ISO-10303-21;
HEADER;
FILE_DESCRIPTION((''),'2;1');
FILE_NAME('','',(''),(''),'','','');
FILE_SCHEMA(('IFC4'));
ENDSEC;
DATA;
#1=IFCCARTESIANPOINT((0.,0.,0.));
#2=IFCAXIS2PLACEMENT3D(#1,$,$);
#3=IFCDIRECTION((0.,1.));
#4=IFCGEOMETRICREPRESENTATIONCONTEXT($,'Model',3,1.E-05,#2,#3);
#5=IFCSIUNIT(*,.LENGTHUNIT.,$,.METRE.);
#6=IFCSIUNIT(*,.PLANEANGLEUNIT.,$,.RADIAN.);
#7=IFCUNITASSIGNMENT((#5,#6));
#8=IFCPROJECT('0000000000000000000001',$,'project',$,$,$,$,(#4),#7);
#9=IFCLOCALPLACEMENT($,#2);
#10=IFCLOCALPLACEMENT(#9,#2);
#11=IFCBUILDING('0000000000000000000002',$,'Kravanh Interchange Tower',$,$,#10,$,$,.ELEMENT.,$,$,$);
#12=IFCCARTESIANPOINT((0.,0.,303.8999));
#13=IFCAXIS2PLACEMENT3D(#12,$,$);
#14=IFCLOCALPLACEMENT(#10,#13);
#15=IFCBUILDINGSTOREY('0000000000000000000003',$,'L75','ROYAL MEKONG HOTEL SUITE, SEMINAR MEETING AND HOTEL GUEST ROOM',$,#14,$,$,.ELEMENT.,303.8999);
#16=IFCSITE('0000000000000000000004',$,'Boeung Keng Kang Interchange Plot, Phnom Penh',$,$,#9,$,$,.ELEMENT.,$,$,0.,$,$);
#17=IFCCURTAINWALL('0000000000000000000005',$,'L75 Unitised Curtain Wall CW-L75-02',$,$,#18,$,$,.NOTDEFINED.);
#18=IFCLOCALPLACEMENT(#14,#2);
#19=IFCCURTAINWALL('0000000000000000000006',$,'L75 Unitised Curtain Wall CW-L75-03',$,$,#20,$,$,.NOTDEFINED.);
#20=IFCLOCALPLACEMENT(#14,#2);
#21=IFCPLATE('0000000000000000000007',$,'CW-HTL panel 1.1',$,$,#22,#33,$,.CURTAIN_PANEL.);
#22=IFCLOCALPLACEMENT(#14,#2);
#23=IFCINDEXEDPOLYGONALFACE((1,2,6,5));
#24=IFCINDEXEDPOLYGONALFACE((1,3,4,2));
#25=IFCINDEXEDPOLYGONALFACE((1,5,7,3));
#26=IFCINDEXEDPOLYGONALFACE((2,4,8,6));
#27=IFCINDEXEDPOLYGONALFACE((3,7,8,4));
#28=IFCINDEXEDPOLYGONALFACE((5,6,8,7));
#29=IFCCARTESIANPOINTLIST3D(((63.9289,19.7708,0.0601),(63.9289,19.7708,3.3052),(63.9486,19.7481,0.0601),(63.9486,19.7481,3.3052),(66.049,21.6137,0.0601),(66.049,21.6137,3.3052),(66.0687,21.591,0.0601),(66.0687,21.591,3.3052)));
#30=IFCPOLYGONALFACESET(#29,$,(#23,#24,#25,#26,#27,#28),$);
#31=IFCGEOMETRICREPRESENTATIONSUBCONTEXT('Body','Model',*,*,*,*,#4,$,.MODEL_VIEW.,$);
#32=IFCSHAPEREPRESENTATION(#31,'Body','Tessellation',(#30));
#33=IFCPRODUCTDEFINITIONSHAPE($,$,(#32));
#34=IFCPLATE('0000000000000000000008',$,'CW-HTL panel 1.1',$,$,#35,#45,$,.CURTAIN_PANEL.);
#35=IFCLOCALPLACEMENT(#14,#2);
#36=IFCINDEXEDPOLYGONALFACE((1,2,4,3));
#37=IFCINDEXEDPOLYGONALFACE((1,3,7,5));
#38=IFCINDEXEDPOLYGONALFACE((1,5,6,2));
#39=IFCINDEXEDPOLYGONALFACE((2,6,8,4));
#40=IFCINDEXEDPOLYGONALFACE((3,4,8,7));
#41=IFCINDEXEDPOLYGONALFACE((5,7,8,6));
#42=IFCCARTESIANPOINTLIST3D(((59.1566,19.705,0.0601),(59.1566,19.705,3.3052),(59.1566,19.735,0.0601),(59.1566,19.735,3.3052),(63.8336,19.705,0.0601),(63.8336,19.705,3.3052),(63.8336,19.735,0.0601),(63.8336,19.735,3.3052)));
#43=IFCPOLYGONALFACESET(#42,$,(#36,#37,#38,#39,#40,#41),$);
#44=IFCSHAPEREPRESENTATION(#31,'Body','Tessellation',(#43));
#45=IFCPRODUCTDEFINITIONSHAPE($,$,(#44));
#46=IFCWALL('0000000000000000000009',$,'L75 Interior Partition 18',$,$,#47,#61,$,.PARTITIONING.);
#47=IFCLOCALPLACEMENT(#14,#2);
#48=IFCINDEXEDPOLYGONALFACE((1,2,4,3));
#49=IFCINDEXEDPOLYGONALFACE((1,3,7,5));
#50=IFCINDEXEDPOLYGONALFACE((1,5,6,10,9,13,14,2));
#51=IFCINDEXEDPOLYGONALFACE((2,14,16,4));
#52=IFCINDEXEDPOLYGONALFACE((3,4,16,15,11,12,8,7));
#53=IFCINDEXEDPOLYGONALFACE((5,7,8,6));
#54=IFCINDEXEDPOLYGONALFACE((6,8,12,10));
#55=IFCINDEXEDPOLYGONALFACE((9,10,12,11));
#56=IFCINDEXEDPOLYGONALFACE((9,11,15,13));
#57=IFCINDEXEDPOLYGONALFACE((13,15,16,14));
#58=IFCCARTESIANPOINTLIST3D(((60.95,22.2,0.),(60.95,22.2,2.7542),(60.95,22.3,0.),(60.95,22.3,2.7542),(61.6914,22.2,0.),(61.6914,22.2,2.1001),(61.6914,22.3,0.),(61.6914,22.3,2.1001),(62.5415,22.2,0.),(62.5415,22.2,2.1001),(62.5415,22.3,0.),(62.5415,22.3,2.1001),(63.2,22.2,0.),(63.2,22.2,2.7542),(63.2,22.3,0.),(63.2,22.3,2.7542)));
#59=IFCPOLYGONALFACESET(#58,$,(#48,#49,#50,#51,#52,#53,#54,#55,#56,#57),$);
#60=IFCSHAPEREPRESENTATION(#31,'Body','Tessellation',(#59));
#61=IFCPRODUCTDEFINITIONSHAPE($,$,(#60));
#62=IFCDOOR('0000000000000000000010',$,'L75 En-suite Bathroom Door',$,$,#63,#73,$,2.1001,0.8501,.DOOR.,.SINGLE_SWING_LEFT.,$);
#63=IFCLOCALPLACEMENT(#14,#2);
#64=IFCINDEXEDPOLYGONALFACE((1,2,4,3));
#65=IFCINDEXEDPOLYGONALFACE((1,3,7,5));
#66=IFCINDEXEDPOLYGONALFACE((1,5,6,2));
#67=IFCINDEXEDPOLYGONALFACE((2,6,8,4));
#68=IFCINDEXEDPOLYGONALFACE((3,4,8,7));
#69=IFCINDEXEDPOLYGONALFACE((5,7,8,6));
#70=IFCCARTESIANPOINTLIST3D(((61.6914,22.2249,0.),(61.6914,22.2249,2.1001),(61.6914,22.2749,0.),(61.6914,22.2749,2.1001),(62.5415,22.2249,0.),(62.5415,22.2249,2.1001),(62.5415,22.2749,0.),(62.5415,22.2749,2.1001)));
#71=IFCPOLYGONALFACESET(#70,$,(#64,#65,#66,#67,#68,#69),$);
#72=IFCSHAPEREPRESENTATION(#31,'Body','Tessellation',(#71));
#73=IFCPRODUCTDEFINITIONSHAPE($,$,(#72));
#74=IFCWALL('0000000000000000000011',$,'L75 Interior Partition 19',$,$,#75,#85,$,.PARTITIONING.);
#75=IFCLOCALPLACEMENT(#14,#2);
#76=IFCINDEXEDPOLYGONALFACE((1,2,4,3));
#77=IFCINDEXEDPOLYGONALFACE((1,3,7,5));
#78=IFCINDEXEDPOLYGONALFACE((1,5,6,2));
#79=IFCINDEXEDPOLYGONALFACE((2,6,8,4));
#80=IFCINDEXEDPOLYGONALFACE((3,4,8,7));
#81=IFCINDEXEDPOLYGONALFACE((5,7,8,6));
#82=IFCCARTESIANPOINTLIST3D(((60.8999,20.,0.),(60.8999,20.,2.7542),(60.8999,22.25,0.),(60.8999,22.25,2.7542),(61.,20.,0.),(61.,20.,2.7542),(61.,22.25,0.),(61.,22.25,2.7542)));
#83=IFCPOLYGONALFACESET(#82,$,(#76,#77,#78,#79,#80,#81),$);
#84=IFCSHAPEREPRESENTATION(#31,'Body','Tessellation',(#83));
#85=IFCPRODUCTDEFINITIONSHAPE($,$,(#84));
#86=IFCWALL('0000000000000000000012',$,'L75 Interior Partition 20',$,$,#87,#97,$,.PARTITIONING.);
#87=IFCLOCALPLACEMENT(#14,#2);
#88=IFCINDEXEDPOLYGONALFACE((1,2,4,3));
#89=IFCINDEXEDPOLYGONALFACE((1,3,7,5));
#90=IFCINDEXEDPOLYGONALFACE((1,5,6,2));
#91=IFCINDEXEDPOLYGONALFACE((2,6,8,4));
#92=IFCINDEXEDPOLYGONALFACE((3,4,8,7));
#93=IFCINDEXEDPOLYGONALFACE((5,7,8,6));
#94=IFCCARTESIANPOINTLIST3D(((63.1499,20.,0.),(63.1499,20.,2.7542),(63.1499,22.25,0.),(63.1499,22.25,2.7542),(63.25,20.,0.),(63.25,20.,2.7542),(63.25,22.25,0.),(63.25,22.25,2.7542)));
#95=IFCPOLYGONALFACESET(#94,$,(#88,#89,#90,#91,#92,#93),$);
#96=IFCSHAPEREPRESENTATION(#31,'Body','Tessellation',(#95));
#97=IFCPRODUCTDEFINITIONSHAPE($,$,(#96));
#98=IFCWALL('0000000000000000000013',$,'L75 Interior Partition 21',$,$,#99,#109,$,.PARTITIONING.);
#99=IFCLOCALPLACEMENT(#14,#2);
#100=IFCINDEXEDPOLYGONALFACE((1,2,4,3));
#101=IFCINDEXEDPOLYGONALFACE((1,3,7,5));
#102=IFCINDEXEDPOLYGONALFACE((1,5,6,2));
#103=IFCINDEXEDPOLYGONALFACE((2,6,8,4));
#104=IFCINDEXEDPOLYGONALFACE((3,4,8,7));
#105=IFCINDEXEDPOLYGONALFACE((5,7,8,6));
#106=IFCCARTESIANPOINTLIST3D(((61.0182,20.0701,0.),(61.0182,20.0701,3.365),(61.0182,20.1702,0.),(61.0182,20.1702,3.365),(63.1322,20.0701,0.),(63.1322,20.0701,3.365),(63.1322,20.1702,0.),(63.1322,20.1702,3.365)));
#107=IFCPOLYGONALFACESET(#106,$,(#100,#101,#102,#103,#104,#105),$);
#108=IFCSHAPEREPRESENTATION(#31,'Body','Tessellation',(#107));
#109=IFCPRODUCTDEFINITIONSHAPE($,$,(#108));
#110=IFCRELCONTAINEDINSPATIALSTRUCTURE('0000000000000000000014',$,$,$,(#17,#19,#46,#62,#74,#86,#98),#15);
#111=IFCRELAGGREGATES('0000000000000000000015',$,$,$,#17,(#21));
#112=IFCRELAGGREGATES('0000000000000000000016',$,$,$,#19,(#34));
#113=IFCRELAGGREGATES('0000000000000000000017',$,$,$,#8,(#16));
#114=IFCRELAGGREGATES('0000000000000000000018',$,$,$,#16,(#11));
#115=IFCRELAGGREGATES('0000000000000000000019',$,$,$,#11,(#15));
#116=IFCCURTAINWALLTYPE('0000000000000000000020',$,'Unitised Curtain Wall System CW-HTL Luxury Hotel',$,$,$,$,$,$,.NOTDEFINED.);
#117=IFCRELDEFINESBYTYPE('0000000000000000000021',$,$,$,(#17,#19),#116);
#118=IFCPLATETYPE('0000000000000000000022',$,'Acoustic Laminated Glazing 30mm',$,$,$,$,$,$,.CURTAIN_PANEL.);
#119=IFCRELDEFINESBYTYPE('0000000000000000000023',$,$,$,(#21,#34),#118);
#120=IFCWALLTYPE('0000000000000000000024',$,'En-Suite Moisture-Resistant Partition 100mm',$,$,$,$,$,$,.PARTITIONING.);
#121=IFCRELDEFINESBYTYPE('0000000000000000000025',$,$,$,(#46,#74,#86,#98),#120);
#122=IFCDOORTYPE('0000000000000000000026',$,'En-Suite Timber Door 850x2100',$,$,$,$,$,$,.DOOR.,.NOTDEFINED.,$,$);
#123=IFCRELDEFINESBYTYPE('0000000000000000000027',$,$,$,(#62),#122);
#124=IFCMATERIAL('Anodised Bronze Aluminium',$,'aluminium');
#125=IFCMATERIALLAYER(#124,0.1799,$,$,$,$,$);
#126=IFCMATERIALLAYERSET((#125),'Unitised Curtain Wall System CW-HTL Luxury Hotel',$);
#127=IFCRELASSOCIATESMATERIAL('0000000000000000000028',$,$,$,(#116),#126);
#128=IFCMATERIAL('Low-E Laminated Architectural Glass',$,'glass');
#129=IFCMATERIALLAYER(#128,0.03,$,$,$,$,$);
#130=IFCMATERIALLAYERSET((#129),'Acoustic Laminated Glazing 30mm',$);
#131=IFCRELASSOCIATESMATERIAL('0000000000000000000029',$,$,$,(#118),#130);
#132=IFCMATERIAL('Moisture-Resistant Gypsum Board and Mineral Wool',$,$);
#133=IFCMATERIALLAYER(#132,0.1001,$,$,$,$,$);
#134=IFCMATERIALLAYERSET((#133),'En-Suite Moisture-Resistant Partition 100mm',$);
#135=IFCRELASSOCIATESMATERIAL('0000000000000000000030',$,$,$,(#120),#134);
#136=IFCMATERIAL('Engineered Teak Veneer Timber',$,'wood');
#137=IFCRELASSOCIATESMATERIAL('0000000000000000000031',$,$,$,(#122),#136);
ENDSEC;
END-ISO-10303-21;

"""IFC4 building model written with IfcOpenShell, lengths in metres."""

from ifc_helpers import new_model, si_unit, direction, frame, frame_2d, origin, origin_2d, place, context, subcontext, project, spatial, rectangle, extrude, material, layer, layer_set, type_object, element, fill, aggregate, save


model = new_model("IFC4")

# Units and contexts
model_context = context("Model", 3, precision=1e-05, world=origin(), true_north=direction((0.0, 1.0)))
body_context = subcontext(model_context, "Body", "Model", "MODEL_VIEW")
ifc_project = project(units=[si_unit("LENGTHUNIT", "METRE"), si_unit("PLANEANGLEUNIT", "RADIAN")], contexts=[model_context])

# Site, building, storey
site_placement = place(None, origin())
site = spatial("IfcSite", under=ifc_project, at=site_placement, Name="Boeung Keng Kang Interchange Plot, Phnom Penh", CompositionType="ELEMENT", RefElevation=0.0)
building_placement = place(site_placement, origin())
building = spatial("IfcBuilding", under=site, at=building_placement, Name="Kravanh Interchange Tower", CompositionType="ELEMENT")
storey_placement = place(building_placement, frame((0.0, 0.0, 303.8999)))
storey = spatial("IfcBuildingStorey", under=building, at=storey_placement, Name="L75", Description="ROYAL MEKONG HOTEL SUITE, SEMINAR MEETING AND HOTEL GUEST ROOM", CompositionType="ELEMENT", Elevation=303.8999)

# Curtain walls
ifc_material_1 = material(Name="Anodised Bronze Aluminium", Category="aluminium")
ifc_layer_1 = layer(ifc_material_1, 0.1799)
ifc_layer_set_1 = layer_set([ifc_layer_1], Name="Unitised Curtain Wall System CW-HTL Luxury Hotel")
curtain_wall_type = type_object("IfcCurtainWallType", Name="Unitised Curtain Wall System CW-HTL Luxury Hotel", PredefinedType="NOTDEFINED", material=ifc_layer_set_1)
curtain_wall_1_placement = place(storey_placement, origin())
curtain_wall_1 = element("IfcCurtainWall", 1, at=curtain_wall_1_placement, inside=storey, type_object=curtain_wall_type, Name="L75 Unitised Curtain Wall CW-L75-02", PredefinedType="NOTDEFINED")
curtain_wall_2_placement = place(storey_placement, origin())
curtain_wall_2 = element("IfcCurtainWall", 2, at=curtain_wall_2_placement, inside=storey, type_object=curtain_wall_type, Name="L75 Unitised Curtain Wall CW-L75-03", PredefinedType="NOTDEFINED")

# Plates
ifc_material_2 = material(Name="Low-E Laminated Architectural Glass", Category="glass")
ifc_layer_2 = layer(ifc_material_2, 0.03)
ifc_layer_set_2 = layer_set([ifc_layer_2], Name="Acoustic Laminated Glazing 30mm")
plate_type = type_object("IfcPlateType", Name="Acoustic Laminated Glazing 30mm", PredefinedType="CURTAIN_PANEL", material=ifc_layer_set_2)
plate_1_placement = place(storey_placement, frame((64.9988, 20.6809, 0.0601), z_axis=(0.0, 0.0, 1.0), x_axis=(-0.754717, -0.65605, 0.0)))
plate_1 = element("IfcPlate", 3, at=plate_1_placement, type_object=plate_type, Name="CW-HTL panel 1.1", PredefinedType="CURTAIN_PANEL", context=body_context, shape_type="SweptSolid", body=[
    extrude(rectangle(XDim=2.8091, YDim=0.03, at=origin_2d()), origin(), (0.0, 0.0, 1.0), 3.2451),
])
aggregate(curtain_wall_1, [plate_1])
plate_2_placement = place(storey_placement, frame((61.4951, 19.72, 0.0601), z_axis=(0.0, 0.0, 1.0), x_axis=(-1.0, 0.0, 0.0)))
plate_2 = element("IfcPlate", 4, at=plate_2_placement, type_object=plate_type, Name="CW-HTL panel 1.1", PredefinedType="CURTAIN_PANEL", context=body_context, shape_type="SweptSolid", body=[
    extrude(rectangle(XDim=4.677, YDim=0.03, at=origin_2d()), origin(), (0.0, 0.0, 1.0), 3.2451),
])
aggregate(curtain_wall_2, [plate_2])

# Wall, opening, door
ifc_material_3 = material(Name="Moisture-Resistant Gypsum Board and Mineral Wool")
ifc_layer_3 = layer(ifc_material_3, 0.1001)
ifc_layer_set_3 = layer_set([ifc_layer_3], Name="En-Suite Moisture-Resistant Partition 100mm")
wall_type = type_object("IfcWallType", Name="En-Suite Moisture-Resistant Partition 100mm", PredefinedType="PARTITIONING", material=ifc_layer_set_3)
wall_1_placement = place(storey_placement, frame((60.95, 22.25, 0.0), z_axis=(0.0, 0.0, 1.0), x_axis=(1.0, 0.0, 0.0)))
wall_1 = element("IfcWall", 5, at=wall_1_placement, inside=storey, type_object=wall_type, Name="L75 Interior Partition 18", PredefinedType="PARTITIONING", context=body_context, shape_type="SweptSolid", body=[
    extrude(rectangle(XDim=2.25, YDim=0.1001, at=frame_2d((1.125, 0.0))), origin(), (0.0, 0.0, 1.0), 2.7542),
])
opening_placement = place(wall_1_placement, frame((0.7415, 0.0, 0.0)))
opening = element("IfcOpeningElement", 6, at=opening_placement, cuts=wall_1, PredefinedType="OPENING", context=body_context, shape_type="SweptSolid", body=[
    extrude(rectangle(XDim=0.8501, YDim=2.1001, at=frame_2d((0.425, 1.05))), frame((0.0, 0.0601, 0.0), z_axis=(0.0, -1.0, 0.0), x_axis=(1.0, 0.0, 0.0)), (0.0, 0.0, 1.0), 0.1201),
])
ifc_material_4 = material(Name="Engineered Teak Veneer Timber", Category="wood")
door_type = type_object("IfcDoorType", Name="En-Suite Timber Door 850x2100", OperationType="NOTDEFINED", PredefinedType="DOOR", material=ifc_material_4)
door_placement = place(opening_placement, origin())
door = element("IfcDoor", 7, at=door_placement, inside=storey, type_object=door_type, Name="L75 En-suite Bathroom Door", OperationType="SINGLE_SWING_LEFT", OverallHeight=2.1001, OverallWidth=0.8501, PredefinedType="DOOR", context=body_context, shape_type="SweptSolid", body=[
    extrude(rectangle(XDim=0.8501, YDim=2.1001, at=frame_2d((0.425, 1.05))), frame((0.0, 0.0249, 0.0), z_axis=(0.0, -1.0, 0.0), x_axis=(1.0, 0.0, 0.0)), (0.0, 0.0, 1.0), 0.05),
])
fill(opening, door)

# Walls
for number, where, z_axis, x_axis, name in (
    (8, (60.95, 20.0, 0.0), (0.0, 0.0, 1.0), (0.0, 1.0, 0.0), "L75 Interior Partition 19"),
    (9, (63.2, 20.0, 0.0), (0.0, 0.0, 1.0), (0.0, 1.0, 0.0), "L75 Interior Partition 20"),
):
    element("IfcWall", number, at=place(storey_placement, frame(where, z_axis=z_axis, x_axis=x_axis)), inside=storey, type_object=wall_type, Name=name, PredefinedType="PARTITIONING", context=body_context, shape_type="SweptSolid", body=[
        extrude(rectangle(XDim=2.25, YDim=0.1001, at=frame_2d((1.125, 0.0))), origin(), (0.0, 0.0, 1.0), 2.7542),
    ])
wall_2_placement = place(storey_placement, frame((61.0181, 20.1201, 0.0), z_axis=(0.0, 0.0, 1.0), x_axis=(1.0, 0.0, 0.0)))
element("IfcWall", 10, at=wall_2_placement, inside=storey, type_object=wall_type, Name="L75 Interior Partition 21", PredefinedType="PARTITIONING", context=body_context, shape_type="SweptSolid", body=[
    extrude(rectangle(XDim=2.114, YDim=0.1001, at=frame_2d((1.0571, 0.0))), origin(), (0.0, 0.0, 1.0), 3.365),
])

save(model, "model.ifc")
